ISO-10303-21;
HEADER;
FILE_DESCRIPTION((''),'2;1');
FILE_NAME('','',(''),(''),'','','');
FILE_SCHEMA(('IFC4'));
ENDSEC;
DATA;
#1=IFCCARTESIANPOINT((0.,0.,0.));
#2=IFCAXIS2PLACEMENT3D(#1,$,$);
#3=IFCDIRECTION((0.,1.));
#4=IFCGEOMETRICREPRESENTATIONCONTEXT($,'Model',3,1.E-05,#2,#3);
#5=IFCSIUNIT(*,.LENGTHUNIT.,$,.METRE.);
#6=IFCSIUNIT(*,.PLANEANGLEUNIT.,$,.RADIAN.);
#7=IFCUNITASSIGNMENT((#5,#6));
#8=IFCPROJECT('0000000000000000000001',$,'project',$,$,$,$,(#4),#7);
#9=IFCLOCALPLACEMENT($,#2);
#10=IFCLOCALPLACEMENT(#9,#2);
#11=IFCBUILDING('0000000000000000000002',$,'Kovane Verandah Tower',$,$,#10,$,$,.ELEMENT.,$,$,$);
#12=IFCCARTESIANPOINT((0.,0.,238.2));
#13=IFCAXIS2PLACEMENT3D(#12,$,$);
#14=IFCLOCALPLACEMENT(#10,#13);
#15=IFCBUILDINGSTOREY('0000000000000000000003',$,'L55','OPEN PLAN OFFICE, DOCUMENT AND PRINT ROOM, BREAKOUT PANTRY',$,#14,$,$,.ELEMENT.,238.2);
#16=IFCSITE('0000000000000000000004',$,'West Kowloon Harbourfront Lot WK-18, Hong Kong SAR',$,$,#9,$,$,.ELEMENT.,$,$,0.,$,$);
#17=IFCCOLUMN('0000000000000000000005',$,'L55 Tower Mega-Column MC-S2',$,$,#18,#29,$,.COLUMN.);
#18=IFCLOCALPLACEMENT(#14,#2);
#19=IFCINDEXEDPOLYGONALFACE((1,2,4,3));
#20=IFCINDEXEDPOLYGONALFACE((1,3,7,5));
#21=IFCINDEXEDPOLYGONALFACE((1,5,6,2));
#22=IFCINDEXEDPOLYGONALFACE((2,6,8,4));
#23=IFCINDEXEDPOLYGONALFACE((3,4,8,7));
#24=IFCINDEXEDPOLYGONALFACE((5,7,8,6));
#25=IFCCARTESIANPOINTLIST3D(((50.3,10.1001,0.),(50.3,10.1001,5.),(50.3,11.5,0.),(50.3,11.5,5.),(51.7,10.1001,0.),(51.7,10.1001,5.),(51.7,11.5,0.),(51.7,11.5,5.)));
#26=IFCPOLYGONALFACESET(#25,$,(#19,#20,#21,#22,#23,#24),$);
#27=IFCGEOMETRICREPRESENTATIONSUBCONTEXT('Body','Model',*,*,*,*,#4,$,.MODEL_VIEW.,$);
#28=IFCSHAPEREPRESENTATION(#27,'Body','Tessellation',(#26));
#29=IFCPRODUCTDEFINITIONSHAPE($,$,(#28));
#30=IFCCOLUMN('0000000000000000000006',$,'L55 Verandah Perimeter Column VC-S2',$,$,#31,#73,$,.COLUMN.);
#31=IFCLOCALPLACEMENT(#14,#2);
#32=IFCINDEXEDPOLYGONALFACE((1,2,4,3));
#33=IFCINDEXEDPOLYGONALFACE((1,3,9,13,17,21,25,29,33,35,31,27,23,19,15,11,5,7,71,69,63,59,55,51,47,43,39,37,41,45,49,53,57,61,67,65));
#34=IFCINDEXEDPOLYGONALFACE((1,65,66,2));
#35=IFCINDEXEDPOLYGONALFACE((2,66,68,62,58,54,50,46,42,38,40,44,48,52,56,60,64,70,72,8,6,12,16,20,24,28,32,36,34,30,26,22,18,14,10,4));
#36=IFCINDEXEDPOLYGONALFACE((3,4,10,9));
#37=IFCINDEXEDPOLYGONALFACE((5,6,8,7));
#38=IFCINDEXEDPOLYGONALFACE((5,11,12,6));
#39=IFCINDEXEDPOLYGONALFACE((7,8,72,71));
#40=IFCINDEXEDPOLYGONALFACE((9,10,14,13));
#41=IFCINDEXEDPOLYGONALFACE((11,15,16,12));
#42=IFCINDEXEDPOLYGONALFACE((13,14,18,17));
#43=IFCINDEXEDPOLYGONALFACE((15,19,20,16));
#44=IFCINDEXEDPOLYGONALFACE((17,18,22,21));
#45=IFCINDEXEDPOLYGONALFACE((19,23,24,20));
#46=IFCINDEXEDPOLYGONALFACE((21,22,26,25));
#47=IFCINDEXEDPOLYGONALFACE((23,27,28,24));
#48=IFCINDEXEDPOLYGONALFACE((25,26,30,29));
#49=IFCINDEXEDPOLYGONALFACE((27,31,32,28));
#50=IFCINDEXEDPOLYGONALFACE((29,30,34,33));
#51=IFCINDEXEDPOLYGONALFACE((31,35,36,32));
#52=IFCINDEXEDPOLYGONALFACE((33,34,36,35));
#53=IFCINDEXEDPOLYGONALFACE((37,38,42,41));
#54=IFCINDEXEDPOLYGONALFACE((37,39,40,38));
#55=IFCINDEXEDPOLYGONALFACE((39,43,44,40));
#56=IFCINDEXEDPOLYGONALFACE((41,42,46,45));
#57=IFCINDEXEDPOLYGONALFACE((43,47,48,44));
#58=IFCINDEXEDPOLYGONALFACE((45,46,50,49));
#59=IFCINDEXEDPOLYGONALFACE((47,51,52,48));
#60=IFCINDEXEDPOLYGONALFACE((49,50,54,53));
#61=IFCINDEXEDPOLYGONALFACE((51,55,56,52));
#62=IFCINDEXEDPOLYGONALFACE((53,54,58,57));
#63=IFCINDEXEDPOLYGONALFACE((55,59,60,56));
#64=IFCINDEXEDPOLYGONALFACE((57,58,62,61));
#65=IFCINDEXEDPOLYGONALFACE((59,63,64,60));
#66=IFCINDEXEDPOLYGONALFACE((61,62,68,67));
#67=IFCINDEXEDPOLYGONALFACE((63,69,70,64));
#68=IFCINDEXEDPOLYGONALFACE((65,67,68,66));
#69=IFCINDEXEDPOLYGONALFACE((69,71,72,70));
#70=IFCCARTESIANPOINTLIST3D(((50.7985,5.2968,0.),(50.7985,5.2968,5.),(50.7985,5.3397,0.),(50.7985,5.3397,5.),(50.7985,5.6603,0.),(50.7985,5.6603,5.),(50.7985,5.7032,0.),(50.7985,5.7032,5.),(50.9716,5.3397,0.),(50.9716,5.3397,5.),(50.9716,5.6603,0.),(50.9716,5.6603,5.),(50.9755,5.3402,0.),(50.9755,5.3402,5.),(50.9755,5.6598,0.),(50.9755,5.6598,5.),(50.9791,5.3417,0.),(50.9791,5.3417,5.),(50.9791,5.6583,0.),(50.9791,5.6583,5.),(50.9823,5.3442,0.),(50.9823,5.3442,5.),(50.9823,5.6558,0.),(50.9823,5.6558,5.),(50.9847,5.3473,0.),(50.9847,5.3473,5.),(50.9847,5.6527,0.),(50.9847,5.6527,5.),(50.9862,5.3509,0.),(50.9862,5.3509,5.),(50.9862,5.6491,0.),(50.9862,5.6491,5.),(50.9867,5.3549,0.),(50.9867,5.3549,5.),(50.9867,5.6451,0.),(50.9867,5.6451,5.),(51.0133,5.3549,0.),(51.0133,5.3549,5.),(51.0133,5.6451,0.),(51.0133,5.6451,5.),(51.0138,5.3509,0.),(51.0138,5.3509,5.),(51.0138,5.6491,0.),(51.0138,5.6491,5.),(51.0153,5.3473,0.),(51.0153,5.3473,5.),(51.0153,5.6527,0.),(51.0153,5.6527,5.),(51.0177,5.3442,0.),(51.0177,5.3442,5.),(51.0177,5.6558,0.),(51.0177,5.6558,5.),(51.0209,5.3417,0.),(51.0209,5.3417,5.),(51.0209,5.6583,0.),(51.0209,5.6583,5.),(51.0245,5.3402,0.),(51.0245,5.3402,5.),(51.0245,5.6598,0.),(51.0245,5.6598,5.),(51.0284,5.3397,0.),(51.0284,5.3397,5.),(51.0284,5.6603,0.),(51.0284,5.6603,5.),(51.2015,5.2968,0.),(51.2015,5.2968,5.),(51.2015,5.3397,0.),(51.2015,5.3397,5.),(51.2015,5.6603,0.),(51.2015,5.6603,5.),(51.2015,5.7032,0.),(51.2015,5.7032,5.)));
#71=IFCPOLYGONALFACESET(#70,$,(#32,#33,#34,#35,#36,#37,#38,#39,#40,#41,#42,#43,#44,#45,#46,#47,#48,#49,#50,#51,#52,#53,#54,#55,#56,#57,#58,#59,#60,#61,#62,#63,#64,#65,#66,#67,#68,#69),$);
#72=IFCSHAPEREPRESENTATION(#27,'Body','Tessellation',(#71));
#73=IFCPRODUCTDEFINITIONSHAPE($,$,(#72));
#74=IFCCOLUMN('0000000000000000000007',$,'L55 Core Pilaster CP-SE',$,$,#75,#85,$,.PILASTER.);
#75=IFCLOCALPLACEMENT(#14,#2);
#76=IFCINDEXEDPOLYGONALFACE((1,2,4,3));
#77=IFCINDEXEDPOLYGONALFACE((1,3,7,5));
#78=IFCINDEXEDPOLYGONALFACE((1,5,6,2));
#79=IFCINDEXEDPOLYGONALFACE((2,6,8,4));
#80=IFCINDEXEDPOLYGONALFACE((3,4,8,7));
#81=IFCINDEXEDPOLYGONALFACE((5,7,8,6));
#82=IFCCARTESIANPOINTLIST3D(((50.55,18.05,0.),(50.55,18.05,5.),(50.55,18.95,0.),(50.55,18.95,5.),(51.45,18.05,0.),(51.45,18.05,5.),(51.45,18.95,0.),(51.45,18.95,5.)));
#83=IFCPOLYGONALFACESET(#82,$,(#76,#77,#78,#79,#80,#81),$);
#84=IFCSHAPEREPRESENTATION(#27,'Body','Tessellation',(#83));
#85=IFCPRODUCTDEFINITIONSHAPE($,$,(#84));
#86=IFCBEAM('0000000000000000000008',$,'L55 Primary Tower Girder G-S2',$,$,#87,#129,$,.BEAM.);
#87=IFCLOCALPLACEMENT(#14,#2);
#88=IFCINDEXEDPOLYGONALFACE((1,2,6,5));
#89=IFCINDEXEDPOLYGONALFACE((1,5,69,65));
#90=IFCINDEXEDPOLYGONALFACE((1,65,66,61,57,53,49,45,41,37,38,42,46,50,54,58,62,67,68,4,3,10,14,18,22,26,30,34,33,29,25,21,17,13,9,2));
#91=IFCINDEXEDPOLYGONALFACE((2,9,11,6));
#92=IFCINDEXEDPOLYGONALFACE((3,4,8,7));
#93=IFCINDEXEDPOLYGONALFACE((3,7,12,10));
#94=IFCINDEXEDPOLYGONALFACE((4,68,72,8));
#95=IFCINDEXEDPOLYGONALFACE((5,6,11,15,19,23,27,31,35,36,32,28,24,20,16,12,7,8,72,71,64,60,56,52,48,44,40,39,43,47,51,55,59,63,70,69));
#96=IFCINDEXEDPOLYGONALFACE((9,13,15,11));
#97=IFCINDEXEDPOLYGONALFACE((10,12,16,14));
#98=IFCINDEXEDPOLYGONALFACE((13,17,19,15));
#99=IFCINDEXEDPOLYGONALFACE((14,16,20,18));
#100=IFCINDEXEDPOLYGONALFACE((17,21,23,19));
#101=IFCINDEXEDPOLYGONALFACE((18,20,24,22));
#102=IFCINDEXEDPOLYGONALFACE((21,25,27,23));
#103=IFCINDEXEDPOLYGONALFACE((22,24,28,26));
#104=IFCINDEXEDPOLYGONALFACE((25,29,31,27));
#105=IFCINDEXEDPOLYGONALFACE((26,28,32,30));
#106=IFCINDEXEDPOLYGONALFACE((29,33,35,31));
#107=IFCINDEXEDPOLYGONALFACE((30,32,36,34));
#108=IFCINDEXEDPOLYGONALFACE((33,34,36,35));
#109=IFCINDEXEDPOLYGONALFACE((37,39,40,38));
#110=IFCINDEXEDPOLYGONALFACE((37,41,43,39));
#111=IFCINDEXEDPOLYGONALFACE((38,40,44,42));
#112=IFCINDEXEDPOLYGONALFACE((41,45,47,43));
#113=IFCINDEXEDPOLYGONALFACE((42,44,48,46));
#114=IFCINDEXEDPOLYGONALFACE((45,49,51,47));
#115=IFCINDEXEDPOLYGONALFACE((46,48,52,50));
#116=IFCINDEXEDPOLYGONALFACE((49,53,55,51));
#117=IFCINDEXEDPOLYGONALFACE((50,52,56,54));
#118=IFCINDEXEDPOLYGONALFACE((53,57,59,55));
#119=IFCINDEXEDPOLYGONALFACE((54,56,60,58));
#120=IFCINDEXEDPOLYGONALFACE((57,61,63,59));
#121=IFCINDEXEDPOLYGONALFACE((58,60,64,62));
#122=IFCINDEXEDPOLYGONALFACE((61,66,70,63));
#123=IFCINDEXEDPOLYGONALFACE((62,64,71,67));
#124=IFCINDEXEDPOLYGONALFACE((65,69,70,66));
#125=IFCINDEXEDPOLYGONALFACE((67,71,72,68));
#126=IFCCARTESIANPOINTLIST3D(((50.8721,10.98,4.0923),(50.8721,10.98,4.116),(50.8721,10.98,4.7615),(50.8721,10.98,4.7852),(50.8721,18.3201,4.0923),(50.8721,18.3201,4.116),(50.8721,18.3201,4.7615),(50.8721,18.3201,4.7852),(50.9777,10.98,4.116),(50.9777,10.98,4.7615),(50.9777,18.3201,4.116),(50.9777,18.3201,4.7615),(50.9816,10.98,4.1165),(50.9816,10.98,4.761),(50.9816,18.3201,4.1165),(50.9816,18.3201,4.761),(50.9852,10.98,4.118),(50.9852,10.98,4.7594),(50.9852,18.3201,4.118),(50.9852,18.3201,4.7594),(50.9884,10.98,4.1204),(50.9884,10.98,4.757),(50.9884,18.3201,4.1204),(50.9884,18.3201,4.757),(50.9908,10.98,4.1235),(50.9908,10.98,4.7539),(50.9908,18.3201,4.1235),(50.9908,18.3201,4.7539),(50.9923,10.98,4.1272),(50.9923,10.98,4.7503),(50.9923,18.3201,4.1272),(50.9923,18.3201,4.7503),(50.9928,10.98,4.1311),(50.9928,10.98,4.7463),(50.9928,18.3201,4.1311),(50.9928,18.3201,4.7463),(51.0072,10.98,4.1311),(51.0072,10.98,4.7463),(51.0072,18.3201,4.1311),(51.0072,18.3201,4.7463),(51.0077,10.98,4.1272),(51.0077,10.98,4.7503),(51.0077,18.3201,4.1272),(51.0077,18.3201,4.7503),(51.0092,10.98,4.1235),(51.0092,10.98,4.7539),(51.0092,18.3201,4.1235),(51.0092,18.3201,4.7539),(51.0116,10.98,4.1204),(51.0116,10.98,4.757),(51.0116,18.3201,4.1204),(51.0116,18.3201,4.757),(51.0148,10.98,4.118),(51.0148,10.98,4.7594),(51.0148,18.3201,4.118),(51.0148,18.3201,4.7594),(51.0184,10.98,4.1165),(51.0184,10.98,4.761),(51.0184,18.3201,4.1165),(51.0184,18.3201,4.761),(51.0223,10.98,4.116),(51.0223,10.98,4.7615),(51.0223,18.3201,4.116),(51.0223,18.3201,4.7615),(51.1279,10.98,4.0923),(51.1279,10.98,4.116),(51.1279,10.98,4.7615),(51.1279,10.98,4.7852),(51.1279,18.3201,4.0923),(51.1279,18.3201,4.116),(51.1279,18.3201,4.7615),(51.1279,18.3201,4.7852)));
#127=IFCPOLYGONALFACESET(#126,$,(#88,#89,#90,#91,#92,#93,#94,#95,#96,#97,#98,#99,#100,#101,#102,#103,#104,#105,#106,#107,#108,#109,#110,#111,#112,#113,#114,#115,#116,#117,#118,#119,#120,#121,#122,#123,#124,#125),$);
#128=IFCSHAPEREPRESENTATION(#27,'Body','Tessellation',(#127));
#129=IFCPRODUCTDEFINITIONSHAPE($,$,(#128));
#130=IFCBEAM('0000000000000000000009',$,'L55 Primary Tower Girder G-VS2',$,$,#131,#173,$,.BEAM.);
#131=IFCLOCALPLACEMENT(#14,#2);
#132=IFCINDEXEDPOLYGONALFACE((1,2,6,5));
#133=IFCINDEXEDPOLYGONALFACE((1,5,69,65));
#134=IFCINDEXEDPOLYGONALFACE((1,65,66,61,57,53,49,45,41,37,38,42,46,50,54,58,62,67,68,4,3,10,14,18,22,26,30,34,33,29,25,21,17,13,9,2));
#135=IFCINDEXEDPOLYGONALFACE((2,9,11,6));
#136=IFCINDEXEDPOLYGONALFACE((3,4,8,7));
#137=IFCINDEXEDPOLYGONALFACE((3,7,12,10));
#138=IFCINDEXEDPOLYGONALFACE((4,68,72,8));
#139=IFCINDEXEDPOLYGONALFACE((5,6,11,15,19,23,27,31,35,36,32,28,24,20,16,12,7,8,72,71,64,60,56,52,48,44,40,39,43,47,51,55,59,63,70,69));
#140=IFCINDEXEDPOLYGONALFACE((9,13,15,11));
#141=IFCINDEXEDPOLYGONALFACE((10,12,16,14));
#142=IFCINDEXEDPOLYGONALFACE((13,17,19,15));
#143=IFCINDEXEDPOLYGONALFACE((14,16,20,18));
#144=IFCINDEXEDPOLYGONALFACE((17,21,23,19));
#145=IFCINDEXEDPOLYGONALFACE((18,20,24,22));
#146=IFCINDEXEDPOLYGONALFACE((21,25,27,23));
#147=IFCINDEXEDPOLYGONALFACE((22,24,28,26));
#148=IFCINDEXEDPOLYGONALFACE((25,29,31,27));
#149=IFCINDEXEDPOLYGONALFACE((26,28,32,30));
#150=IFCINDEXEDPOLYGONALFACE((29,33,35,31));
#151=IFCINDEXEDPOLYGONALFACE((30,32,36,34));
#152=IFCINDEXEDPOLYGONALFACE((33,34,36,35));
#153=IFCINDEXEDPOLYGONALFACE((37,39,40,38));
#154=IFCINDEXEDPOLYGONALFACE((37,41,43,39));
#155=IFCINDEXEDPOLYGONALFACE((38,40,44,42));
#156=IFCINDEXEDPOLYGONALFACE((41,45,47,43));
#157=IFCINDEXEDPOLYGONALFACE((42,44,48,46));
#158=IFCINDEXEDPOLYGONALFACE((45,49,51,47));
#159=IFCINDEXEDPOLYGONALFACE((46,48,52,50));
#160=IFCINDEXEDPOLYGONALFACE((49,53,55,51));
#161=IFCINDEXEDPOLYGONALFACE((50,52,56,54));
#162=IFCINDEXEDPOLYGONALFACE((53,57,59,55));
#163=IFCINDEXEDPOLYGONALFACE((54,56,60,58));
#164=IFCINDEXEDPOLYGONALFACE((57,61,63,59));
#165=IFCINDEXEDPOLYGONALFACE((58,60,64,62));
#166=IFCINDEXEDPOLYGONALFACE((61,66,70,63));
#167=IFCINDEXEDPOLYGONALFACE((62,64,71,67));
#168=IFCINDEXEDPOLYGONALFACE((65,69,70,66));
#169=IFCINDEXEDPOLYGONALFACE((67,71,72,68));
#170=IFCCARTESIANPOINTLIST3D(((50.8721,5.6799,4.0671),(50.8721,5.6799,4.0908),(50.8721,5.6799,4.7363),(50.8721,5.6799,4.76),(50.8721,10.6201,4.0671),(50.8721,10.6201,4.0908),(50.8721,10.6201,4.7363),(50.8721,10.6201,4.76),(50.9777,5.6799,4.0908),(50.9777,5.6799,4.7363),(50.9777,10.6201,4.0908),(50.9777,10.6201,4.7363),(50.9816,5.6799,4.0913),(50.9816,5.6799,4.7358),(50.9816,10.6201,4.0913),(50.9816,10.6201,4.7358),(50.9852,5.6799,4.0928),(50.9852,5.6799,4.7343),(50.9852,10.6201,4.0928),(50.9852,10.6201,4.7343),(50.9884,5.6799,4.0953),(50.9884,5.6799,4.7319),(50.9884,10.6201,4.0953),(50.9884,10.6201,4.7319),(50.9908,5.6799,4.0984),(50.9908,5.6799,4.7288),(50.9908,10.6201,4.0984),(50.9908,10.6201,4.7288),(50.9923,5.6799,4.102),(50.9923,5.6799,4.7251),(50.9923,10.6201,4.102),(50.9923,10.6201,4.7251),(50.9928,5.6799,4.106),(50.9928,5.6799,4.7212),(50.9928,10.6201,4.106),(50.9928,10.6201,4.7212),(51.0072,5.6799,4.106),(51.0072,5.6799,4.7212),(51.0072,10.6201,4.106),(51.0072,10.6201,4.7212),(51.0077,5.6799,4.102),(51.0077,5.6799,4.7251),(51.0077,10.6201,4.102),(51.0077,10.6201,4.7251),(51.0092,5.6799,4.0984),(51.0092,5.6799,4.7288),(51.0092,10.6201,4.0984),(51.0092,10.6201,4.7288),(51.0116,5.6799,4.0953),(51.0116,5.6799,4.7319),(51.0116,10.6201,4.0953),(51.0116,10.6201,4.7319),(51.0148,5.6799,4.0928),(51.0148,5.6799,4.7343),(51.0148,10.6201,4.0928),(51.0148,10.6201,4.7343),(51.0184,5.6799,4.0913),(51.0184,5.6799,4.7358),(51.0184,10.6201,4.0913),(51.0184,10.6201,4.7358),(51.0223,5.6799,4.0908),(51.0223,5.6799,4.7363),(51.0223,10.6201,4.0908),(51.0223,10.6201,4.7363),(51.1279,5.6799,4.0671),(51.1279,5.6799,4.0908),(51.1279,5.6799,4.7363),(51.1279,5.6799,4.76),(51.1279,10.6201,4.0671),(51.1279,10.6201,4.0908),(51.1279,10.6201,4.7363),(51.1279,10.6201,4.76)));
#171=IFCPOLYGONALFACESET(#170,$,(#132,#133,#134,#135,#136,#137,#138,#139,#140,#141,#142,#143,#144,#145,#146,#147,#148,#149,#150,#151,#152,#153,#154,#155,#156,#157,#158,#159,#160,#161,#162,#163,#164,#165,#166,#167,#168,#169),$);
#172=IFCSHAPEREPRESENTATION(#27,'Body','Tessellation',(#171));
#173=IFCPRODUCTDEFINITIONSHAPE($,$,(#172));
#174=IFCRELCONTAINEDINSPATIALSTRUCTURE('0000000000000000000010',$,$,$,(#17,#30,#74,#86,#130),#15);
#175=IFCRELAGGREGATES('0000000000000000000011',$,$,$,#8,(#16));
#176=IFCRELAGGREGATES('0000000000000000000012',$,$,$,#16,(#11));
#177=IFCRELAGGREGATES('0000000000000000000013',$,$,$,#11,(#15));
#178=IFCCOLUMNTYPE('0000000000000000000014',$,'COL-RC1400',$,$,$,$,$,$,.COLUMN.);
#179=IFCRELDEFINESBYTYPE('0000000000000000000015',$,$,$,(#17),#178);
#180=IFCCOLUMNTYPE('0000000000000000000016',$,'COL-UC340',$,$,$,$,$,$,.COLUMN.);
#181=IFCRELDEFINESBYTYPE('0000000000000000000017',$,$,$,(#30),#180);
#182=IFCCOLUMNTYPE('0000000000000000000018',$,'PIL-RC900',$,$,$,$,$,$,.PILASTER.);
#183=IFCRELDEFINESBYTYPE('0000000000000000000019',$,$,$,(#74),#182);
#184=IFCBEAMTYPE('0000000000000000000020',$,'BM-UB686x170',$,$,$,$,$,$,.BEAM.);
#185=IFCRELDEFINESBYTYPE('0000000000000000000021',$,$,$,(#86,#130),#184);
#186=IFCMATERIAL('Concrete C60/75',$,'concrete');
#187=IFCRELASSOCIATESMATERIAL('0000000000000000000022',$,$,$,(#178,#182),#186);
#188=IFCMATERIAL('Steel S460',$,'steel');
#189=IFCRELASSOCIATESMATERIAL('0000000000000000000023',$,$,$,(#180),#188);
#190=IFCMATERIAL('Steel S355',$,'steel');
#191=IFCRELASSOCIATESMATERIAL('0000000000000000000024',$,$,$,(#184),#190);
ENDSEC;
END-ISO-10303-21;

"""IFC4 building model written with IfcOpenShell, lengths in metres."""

from ifc_helpers import new_model, si_unit, direction, frame, origin, origin_2d, place, context, subcontext, project, spatial, rectangle, i_section, extrude, material, material_profile, profile_set, type_object, element, save


model = new_model("IFC4")

# Units and contexts
model_context = context("Model", 3, precision=1e-05, world=origin(), true_north=direction((0.0, 1.0)))
body_context = subcontext(model_context, "Body", "Model", "MODEL_VIEW")
ifc_project = project(units=[si_unit("LENGTHUNIT", "METRE"), si_unit("PLANEANGLEUNIT", "RADIAN")], contexts=[model_context])

# Site, building, storey
site_placement = place(None, origin())
site = spatial("IfcSite", under=ifc_project, at=site_placement, Name="West Kowloon Harbourfront Lot WK-18, Hong Kong SAR", CompositionType="ELEMENT", RefElevation=0.0)
building_placement = place(site_placement, origin())
building = spatial("IfcBuilding", under=site, at=building_placement, Name="Kovane Verandah Tower", CompositionType="ELEMENT")
storey_placement = place(building_placement, frame((0.0, 0.0, 238.2)))
storey = spatial("IfcBuildingStorey", under=building, at=storey_placement, Name="L55", Description="OPEN PLAN OFFICE, DOCUMENT AND PRINT ROOM, BREAKOUT PANTRY", CompositionType="ELEMENT", Elevation=238.2)

# Columns
ifc_material_1 = material(Name="Concrete C60/75", Category="concrete")
ifc_material_profile_1 = material_profile(ifc_material_1, rectangle(XDim=1.3999, YDim=1.3999, at=origin_2d()), Name="RC1400x1400")
ifc_profile_set_1 = profile_set([ifc_material_profile_1], Name="Concrete C60/75")
column_type_1 = type_object("IfcColumnType", Name="COL-RC1400", PredefinedType="COLUMN", material=ifc_profile_set_1)
column_1_placement = place(storey_placement, frame((51.0, 10.8, 0.0), z_axis=(0.0, 0.0, 1.0), x_axis=(1.0, 0.0, 0.0)))
element("IfcColumn", 1, at=column_1_placement, inside=storey, type_object=column_type_1, Name="L55 Tower Mega-Column MC-S2", PredefinedType="COLUMN", context=body_context, shape_type="SweptSolid", body=[
    extrude(rectangle(XDim=1.3999, YDim=1.3999, at=origin_2d()), origin(), (0.0, 0.0, 1.0), 5.0),
])
ifc_material_2 = material(Name="Steel S460", Category="steel")
ifc_material_profile_2 = material_profile(ifc_material_2, i_section(OverallWidth=0.4031, OverallDepth=0.4065, WebThickness=0.0266, FlangeThickness=0.043, FilletRadius=0.0151, at=origin_2d()), Name="UC356x406x340")
ifc_profile_set_2 = profile_set([ifc_material_profile_2], Name="Steel S460")
column_type_2 = type_object("IfcColumnType", Name="COL-UC340", PredefinedType="COLUMN", material=ifc_profile_set_2)
column_2_placement = place(storey_placement, frame((51.0, 5.5, 0.0), z_axis=(0.0, 0.0, 1.0), x_axis=(1.0, 0.0, 0.0)))
element("IfcColumn", 2, at=column_2_placement, inside=storey, type_object=column_type_2, Name="L55 Verandah Perimeter Column VC-S2", PredefinedType="COLUMN", context=body_context, shape_type="SweptSolid", body=[
    extrude(i_section(OverallWidth=0.4031, OverallDepth=0.4065, WebThickness=0.0266, FlangeThickness=0.043, FilletRadius=0.0151, at=origin_2d()), origin(), (0.0, 0.0, 1.0), 5.0),
])
ifc_material_profile_3 = material_profile(ifc_material_1, rectangle(XDim=0.8999, YDim=0.8999, at=origin_2d()), Name="RC900x900")
ifc_profile_set_3 = profile_set([ifc_material_profile_3], Name="Concrete C60/75")
column_type_3 = type_object("IfcColumnType", Name="PIL-RC900", PredefinedType="PILASTER", material=ifc_profile_set_3)
column_3_placement = place(storey_placement, frame((51.0, 18.5, 0.0), z_axis=(0.0, 0.0, 1.0), x_axis=(1.0, 0.0, 0.0)))
element("IfcColumn", 3, at=column_3_placement, inside=storey, type_object=column_type_3, Name="L55 Core Pilaster CP-SE", PredefinedType="PILASTER", context=body_context, shape_type="SweptSolid", body=[
    extrude(rectangle(XDim=0.8999, YDim=0.8999, at=origin_2d()), origin(), (0.0, 0.0, 1.0), 5.0),
])

# Beams
ifc_material_3 = material(Name="Steel S355", Category="steel")
ifc_material_profile_4 = material_profile(ifc_material_3, i_section(OverallWidth=0.2559, OverallDepth=0.6929, WebThickness=0.0144, FlangeThickness=0.0237, FilletRadius=0.0151, at=origin_2d()), Name="UB686x254x170")
ifc_profile_set_4 = profile_set([ifc_material_profile_4], Name="Steel S355")
beam_type_1 = type_object("IfcBeamType", Name="BM-UB686x170", PredefinedType="BEAM", material=ifc_profile_set_4)
beam_1_placement = place(storey_placement, frame((51.0, 18.3201, 4.4387), z_axis=(0.0, -1.0, 0.0), x_axis=(1.0, 0.0, 0.0)))
element("IfcBeam", 4, at=beam_1_placement, inside=storey, type_object=beam_type_1, Name="L55 Primary Tower Girder G-S2", PredefinedType="BEAM", context=body_context, shape_type="SweptSolid", body=[
    extrude(i_section(OverallWidth=0.2559, OverallDepth=0.6929, WebThickness=0.0144, FlangeThickness=0.0237, FilletRadius=0.0151, at=origin_2d()), origin(), (0.0, 0.0, 1.0), 7.3401),
])
beam_2_placement = place(storey_placement, frame((51.0, 10.6201, 4.4136), z_axis=(0.0, -1.0, 0.0), x_axis=(1.0, 0.0, 0.0)))
element("IfcBeam", 5, at=beam_2_placement, inside=storey, type_object=beam_type_1, Name="L55 Primary Tower Girder G-VS2", PredefinedType="BEAM", context=body_context, shape_type="SweptSolid", body=[
    extrude(i_section(OverallWidth=0.2559, OverallDepth=0.6929, WebThickness=0.0144, FlangeThickness=0.0237, FilletRadius=0.0151, at=origin_2d()), origin(), (0.0, 0.0, 1.0), 4.9402),
])

save(model, "model.ifc")
